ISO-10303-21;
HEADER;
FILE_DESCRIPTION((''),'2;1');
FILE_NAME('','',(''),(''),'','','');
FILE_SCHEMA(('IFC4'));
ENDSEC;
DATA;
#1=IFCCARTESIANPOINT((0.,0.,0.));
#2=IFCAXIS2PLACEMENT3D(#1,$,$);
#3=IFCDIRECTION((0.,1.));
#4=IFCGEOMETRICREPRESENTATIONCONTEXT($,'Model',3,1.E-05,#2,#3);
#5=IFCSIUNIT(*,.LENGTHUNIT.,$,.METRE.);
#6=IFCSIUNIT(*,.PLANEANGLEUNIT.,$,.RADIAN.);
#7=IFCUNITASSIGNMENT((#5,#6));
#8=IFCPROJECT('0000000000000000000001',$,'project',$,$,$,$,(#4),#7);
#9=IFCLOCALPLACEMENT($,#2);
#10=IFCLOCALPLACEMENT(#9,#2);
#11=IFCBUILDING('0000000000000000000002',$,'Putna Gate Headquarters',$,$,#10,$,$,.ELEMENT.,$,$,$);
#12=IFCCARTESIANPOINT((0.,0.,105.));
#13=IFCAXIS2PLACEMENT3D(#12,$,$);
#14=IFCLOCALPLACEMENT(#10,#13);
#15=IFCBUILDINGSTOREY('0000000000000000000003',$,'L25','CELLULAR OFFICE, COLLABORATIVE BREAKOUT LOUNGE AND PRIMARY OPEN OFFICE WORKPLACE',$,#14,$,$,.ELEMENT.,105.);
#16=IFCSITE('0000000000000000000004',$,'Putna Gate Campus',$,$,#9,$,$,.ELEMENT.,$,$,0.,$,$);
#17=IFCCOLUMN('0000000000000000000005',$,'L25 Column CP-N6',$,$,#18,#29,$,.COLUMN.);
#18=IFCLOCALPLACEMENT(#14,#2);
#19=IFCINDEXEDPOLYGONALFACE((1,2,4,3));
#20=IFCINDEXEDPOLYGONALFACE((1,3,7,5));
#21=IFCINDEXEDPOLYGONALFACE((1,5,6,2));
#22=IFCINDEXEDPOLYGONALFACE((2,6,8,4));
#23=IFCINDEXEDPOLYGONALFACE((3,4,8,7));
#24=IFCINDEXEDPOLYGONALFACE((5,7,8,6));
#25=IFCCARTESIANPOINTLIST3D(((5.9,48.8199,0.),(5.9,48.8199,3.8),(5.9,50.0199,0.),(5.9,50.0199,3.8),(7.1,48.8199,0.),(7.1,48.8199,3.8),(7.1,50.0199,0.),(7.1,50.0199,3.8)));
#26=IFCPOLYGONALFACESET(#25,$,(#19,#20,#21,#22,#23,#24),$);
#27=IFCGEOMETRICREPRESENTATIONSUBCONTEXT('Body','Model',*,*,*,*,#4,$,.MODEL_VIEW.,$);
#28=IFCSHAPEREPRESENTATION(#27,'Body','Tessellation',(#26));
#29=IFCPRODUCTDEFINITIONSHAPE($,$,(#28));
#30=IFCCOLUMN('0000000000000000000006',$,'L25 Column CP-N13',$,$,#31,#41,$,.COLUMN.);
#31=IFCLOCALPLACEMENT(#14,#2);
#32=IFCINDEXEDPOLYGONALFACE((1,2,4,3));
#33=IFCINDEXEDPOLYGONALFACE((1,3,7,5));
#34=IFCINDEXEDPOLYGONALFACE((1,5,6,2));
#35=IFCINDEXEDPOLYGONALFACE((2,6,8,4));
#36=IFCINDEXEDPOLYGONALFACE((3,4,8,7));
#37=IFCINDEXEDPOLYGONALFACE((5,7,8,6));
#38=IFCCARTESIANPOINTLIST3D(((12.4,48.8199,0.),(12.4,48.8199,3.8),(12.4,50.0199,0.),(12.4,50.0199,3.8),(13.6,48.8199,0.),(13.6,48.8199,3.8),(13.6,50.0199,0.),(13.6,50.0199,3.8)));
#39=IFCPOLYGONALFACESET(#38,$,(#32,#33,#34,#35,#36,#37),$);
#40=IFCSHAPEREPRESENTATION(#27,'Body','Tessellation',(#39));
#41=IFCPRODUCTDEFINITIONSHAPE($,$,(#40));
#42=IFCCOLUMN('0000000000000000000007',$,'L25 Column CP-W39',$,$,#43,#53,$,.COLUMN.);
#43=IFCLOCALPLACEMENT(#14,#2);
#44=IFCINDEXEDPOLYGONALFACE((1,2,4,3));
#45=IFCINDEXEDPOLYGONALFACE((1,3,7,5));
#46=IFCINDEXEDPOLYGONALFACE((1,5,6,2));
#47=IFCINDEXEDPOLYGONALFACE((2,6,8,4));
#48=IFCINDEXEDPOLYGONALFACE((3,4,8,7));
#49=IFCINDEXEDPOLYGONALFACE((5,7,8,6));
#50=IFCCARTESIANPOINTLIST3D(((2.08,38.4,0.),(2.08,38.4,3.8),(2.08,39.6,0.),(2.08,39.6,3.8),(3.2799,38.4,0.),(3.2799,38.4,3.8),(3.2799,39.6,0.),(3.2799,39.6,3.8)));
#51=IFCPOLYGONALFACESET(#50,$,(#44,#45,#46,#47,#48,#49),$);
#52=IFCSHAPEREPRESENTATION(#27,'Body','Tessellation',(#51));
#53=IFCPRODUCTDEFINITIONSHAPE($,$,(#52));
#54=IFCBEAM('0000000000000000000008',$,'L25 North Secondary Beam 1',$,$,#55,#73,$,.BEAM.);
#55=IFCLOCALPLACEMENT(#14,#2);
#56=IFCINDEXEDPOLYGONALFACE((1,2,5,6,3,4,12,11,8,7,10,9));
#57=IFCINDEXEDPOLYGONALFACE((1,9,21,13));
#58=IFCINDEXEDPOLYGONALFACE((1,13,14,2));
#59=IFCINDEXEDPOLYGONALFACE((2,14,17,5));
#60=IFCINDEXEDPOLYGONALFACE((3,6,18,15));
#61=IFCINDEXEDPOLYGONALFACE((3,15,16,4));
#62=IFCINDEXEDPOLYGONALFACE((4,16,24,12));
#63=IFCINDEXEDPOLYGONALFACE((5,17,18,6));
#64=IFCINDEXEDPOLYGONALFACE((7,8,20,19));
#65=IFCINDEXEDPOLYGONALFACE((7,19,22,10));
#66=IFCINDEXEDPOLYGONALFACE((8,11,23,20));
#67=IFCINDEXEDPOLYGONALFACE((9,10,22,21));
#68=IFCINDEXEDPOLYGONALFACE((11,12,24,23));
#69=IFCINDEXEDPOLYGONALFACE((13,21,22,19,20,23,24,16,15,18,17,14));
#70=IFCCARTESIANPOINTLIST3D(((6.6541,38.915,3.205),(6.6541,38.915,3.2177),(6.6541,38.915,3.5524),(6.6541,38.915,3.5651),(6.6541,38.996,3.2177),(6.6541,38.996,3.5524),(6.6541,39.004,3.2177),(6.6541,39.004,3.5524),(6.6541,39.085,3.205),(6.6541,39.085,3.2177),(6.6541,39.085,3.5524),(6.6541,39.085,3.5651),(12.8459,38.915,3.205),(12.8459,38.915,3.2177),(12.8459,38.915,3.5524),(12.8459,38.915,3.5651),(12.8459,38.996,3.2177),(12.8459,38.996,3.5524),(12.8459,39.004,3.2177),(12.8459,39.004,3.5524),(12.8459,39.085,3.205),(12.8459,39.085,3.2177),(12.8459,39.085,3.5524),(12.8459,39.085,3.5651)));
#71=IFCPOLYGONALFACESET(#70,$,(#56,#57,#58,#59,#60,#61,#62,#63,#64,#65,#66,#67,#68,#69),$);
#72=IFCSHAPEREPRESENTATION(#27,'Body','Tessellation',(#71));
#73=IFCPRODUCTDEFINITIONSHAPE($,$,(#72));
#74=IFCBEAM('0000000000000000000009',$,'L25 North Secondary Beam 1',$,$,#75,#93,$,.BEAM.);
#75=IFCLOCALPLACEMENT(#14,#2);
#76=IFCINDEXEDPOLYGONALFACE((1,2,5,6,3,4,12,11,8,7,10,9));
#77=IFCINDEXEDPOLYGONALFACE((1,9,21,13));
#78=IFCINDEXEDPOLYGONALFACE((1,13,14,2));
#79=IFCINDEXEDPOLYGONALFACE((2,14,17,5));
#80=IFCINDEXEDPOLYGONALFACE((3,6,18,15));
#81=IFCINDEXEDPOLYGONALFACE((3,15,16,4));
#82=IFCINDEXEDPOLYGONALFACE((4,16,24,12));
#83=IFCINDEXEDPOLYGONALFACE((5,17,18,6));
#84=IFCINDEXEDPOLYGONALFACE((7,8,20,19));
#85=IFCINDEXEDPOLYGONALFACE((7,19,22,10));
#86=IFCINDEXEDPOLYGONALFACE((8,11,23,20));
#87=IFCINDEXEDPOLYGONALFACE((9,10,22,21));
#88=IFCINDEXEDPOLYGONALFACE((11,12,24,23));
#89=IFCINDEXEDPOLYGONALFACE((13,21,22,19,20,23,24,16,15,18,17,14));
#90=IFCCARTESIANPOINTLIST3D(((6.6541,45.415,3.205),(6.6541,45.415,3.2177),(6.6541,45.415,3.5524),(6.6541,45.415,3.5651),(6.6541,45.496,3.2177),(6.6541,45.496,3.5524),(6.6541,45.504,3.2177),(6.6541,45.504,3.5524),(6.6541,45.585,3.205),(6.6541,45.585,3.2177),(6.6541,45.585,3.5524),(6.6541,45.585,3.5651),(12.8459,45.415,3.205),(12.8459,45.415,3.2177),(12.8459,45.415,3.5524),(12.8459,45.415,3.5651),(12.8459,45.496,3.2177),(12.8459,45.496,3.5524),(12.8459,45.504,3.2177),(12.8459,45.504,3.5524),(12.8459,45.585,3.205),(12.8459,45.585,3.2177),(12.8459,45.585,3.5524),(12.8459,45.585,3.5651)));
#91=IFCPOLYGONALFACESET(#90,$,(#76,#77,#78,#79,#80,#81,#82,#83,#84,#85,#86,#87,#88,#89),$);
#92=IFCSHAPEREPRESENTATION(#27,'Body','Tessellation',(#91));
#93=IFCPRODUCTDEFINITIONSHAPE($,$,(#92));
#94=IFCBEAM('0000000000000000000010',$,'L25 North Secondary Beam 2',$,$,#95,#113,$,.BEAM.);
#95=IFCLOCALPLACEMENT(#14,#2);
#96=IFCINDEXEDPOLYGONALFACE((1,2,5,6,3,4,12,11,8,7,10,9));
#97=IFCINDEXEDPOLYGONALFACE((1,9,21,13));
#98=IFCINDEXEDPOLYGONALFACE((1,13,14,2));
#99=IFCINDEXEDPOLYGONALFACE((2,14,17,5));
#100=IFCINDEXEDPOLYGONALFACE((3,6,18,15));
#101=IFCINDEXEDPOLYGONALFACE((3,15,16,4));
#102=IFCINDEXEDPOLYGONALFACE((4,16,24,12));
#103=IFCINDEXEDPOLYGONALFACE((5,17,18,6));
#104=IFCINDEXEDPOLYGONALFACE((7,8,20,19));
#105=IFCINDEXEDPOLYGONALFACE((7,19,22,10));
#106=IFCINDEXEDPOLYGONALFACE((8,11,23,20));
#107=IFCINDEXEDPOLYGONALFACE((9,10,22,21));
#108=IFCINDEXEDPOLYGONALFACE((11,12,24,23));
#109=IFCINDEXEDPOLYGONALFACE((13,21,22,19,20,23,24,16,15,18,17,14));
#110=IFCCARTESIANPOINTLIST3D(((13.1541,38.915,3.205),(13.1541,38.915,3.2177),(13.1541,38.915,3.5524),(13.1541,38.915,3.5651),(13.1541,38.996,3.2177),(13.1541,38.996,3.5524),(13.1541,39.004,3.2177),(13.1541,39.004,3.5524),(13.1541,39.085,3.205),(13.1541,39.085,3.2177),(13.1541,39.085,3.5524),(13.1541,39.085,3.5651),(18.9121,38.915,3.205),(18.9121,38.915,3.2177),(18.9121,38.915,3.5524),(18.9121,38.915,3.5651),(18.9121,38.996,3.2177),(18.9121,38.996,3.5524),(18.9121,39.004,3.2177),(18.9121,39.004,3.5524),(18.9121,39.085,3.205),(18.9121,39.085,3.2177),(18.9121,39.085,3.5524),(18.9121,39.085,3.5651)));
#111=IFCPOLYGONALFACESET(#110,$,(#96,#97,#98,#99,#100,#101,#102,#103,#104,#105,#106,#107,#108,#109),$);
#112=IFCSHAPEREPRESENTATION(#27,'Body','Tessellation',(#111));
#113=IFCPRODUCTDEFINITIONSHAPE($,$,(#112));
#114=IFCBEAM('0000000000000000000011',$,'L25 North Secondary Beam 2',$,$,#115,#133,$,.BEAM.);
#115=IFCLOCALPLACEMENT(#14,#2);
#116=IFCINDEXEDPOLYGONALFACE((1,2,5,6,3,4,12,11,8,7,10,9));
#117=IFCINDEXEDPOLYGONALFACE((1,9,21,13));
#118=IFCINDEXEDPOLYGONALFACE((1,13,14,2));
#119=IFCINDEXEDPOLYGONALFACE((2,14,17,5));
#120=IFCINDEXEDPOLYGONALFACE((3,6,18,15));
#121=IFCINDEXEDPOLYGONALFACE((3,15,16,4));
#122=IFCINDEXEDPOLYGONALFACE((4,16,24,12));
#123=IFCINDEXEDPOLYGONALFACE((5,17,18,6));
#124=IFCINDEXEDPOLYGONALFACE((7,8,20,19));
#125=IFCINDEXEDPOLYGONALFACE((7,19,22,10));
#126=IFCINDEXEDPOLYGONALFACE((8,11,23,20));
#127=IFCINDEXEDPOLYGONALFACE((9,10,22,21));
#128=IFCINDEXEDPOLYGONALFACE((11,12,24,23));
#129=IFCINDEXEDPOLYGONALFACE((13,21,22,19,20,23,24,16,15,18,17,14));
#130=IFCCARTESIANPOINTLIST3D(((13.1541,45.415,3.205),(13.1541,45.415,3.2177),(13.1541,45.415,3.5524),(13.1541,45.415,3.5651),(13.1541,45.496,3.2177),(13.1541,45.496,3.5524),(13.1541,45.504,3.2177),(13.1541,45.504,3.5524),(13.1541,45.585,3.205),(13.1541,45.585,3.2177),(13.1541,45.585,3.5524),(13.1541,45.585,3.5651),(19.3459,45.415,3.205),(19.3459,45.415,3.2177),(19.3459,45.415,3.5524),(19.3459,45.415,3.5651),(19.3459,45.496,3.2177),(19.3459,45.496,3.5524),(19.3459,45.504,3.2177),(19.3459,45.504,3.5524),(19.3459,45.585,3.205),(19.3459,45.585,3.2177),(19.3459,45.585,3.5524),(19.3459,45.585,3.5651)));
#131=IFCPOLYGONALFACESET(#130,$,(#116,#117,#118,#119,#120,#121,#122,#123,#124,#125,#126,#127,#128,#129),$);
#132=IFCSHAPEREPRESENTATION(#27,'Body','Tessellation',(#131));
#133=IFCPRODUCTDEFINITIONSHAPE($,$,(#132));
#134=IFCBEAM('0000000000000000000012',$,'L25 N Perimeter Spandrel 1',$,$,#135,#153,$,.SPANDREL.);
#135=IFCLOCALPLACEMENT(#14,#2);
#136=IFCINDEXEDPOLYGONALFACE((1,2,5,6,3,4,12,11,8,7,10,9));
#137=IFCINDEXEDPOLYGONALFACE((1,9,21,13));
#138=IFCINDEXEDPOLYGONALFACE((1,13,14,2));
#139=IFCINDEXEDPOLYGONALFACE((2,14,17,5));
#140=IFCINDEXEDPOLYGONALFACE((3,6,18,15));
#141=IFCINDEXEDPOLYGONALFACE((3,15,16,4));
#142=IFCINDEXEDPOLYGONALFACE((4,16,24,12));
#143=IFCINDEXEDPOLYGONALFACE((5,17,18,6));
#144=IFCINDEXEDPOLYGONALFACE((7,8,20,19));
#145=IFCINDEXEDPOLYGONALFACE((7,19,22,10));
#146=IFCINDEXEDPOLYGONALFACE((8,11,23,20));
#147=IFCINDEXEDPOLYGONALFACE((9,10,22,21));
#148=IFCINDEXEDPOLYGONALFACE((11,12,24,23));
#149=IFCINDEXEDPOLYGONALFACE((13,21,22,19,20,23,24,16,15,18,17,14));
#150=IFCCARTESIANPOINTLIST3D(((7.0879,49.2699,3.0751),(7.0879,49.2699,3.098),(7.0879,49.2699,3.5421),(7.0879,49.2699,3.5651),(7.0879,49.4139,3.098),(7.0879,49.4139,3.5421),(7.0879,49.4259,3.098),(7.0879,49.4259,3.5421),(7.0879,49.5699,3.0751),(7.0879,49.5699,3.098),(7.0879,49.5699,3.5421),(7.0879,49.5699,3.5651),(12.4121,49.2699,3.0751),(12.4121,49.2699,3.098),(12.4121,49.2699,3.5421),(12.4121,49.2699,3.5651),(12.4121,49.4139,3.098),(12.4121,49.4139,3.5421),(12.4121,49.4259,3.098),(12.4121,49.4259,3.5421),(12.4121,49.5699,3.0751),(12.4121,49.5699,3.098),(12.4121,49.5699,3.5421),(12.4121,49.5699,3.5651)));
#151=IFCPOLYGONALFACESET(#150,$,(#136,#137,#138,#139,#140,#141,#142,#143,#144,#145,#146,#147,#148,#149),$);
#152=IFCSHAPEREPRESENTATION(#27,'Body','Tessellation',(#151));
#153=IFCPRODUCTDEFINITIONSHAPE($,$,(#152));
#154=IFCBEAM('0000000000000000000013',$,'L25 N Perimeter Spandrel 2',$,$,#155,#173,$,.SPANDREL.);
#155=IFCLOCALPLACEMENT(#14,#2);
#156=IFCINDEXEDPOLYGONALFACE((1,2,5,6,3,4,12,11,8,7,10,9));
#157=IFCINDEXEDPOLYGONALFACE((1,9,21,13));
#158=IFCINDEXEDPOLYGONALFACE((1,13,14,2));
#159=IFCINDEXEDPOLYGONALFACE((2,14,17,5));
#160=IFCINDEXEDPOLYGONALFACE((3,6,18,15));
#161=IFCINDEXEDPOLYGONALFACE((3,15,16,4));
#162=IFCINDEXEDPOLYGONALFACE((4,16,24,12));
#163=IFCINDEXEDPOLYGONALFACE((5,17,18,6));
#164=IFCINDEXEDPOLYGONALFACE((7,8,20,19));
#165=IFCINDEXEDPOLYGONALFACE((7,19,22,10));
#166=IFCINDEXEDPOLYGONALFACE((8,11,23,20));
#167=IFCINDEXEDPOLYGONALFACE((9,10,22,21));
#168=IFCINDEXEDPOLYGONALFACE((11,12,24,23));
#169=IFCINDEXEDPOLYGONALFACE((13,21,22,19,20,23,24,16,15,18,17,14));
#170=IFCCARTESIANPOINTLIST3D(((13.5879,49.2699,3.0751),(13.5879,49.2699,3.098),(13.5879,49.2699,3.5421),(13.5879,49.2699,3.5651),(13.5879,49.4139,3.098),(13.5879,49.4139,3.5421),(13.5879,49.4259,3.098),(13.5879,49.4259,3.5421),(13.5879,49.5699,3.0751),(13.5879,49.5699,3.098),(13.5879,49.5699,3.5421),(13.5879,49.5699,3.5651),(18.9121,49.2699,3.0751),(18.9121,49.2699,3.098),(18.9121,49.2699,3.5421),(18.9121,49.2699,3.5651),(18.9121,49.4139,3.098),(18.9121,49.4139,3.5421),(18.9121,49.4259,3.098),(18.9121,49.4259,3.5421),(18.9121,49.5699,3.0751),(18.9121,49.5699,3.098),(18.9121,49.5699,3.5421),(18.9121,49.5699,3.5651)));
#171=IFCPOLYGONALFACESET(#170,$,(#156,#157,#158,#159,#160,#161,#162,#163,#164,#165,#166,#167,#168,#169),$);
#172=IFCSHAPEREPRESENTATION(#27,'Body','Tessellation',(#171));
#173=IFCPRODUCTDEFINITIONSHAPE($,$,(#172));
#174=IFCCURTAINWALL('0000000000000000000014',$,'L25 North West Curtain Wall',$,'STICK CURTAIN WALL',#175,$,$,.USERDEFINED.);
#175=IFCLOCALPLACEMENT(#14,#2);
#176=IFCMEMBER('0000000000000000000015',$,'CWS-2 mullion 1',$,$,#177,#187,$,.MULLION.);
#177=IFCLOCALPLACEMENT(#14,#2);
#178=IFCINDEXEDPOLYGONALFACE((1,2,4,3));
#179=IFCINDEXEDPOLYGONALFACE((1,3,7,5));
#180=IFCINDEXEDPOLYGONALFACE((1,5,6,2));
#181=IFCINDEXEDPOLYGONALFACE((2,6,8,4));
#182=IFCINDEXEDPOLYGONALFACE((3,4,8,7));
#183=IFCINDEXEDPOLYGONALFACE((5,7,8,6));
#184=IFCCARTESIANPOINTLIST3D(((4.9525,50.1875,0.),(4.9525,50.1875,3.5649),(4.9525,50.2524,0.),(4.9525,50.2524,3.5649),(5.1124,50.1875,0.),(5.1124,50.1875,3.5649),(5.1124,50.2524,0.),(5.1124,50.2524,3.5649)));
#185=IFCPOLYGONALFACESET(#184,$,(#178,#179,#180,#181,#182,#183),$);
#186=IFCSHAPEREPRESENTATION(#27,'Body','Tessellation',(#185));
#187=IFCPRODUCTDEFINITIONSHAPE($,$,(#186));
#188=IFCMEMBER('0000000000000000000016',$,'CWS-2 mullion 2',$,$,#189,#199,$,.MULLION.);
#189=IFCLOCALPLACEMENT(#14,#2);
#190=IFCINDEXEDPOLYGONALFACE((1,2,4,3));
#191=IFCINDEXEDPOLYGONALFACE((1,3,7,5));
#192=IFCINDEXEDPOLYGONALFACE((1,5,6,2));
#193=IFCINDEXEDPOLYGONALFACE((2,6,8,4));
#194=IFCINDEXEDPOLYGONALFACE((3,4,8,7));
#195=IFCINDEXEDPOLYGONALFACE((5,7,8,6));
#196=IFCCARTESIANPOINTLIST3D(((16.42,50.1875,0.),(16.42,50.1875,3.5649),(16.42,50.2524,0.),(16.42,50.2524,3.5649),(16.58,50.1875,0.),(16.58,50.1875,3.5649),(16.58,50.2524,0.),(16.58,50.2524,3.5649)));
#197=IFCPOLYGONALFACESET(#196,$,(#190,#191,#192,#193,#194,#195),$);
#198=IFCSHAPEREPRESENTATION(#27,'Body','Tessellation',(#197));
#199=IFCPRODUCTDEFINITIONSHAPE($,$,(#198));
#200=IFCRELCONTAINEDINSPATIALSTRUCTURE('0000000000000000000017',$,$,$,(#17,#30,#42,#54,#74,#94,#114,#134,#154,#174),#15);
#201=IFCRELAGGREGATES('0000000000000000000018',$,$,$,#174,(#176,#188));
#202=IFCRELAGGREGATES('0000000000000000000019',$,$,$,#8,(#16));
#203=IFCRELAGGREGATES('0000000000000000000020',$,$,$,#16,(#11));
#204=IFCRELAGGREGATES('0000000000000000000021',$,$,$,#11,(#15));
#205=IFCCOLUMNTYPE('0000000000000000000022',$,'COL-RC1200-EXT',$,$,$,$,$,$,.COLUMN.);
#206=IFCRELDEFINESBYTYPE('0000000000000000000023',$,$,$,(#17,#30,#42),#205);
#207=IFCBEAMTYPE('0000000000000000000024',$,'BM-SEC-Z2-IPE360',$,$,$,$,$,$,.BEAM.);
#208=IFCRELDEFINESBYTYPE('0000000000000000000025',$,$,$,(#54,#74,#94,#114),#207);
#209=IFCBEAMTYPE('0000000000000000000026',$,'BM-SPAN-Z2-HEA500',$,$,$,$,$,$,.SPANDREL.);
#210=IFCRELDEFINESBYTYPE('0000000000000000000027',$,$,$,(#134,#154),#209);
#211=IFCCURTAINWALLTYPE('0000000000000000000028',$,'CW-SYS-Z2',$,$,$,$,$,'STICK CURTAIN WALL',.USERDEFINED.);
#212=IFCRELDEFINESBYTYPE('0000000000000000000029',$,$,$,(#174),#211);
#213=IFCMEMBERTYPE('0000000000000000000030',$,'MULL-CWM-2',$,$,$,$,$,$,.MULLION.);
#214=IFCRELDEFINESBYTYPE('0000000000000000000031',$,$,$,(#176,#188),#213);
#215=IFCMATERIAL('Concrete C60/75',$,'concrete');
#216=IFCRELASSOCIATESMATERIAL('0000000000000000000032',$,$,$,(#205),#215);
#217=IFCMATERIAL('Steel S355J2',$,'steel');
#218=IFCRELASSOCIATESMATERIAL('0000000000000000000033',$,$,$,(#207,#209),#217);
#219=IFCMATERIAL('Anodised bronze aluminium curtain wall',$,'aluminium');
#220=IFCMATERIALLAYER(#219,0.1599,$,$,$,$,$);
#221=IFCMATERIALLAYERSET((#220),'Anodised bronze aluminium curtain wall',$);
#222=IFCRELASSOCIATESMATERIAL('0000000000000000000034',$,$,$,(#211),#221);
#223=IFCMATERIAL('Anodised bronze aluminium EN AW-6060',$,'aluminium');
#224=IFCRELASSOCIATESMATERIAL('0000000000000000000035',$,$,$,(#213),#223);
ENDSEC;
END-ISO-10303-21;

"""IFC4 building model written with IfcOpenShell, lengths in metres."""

from ifc_helpers import new_model, si_unit, direction, frame, origin, origin_2d, place, context, subcontext, project, spatial, rectangle, i_section, extrude, material, layer, layer_set, material_profile, profile_set, type_object, element, aggregate, save


model = new_model("IFC4")

# Units and contexts
model_context = context("Model", 3, precision=1e-05, world=origin(), true_north=direction((0.0, 1.0)))
body_context = subcontext(model_context, "Body", "Model", "MODEL_VIEW")
ifc_project = project(units=[si_unit("LENGTHUNIT", "METRE"), si_unit("PLANEANGLEUNIT", "RADIAN")], contexts=[model_context])

# Site, building, storey
site_placement = place(None, origin())
site = spatial("IfcSite", under=ifc_project, at=site_placement, Name="Putna Gate Campus", CompositionType="ELEMENT", RefElevation=0.0)
building_placement = place(site_placement, origin())
building = spatial("IfcBuilding", under=site, at=building_placement, Name="Putna Gate Headquarters", CompositionType="ELEMENT")
storey_placement = place(building_placement, frame((0.0, 0.0, 105.0)))
storey = spatial("IfcBuildingStorey", under=building, at=storey_placement, Name="L25", Description="CELLULAR OFFICE, COLLABORATIVE BREAKOUT LOUNGE AND PRIMARY OPEN OFFICE WORKPLACE", CompositionType="ELEMENT", Elevation=105.0)

# Columns
ifc_material_1 = material(Name="Concrete C60/75", Category="concrete")
ifc_material_profile_1 = material_profile(ifc_material_1, rectangle(XDim=1.2, YDim=1.2, at=origin_2d()), Name="Concrete C60/75")
ifc_profile_set_1 = profile_set([ifc_material_profile_1], Name="Concrete C60/75")
column_type = type_object("IfcColumnType", Name="COL-RC1200-EXT", PredefinedType="COLUMN", material=ifc_profile_set_1)
for number, where, z_axis, x_axis, name in (
    (1, (6.5, 49.4199, 0.0), (0.0, 0.0, 1.0), (1.0, 0.0, 0.0), "L25 Column CP-N6"),
    (2, (13.0, 49.4199, 0.0), (0.0, 0.0, 1.0), (1.0, 0.0, 0.0), "L25 Column CP-N13"),
    (3, (2.6799, 39.0, 0.0), (0.0, 0.0, 1.0), (1.0, 0.0, 0.0), "L25 Column CP-W39"),
):
    element("IfcColumn", number, at=place(storey_placement, frame(where, z_axis=z_axis, x_axis=x_axis)), inside=storey, type_object=column_type, Name=name, PredefinedType="COLUMN", context=body_context, shape_type="SweptSolid", body=[
        extrude(rectangle(XDim=1.2, YDim=1.2, at=origin_2d()), origin(), (0.0, 0.0, 1.0), 3.8),
    ])

# Beams
ifc_material_2 = material(Name="Steel S355J2", Category="steel")
ifc_material_profile_2 = material_profile(ifc_material_2, i_section(OverallWidth=0.1699, OverallDepth=0.3601, WebThickness=0.0081, FlangeThickness=0.0127, at=origin_2d()), Name="Steel S355J2")
ifc_profile_set_2 = profile_set([ifc_material_profile_2], Name="Steel S355J2")
beam_type_1 = type_object("IfcBeamType", Name="BM-SEC-Z2-IPE360", PredefinedType="BEAM", material=ifc_profile_set_2)
for number, where, z_axis, x_axis, name in (
    (4, (6.6541, 39.0, 3.385), (1.0, 0.0, 0.0), (0.0, 1.0, 0.0), "L25 North Secondary Beam 1"),
    (5, (6.6541, 45.5, 3.385), (1.0, 0.0, 0.0), (0.0, 1.0, 0.0), "L25 North Secondary Beam 1"),
):
    element("IfcBeam", number, at=place(storey_placement, frame(where, z_axis=z_axis, x_axis=x_axis)), inside=storey, type_object=beam_type_1, Name=name, PredefinedType="BEAM", context=body_context, shape_type="SweptSolid", body=[
        extrude(i_section(OverallWidth=0.1699, OverallDepth=0.3601, WebThickness=0.0081, FlangeThickness=0.0127, at=origin_2d()), origin(), (0.0, 0.0, 1.0), 6.1919),
    ])
beam_1_placement = place(storey_placement, frame((13.1541, 39.0, 3.385), z_axis=(1.0, 0.0, 0.0), x_axis=(0.0, 1.0, 0.0)))
element("IfcBeam", 6, at=beam_1_placement, inside=storey, type_object=beam_type_1, Name="L25 North Secondary Beam 2", PredefinedType="BEAM", context=body_context, shape_type="SweptSolid", body=[
    extrude(i_section(OverallWidth=0.1699, OverallDepth=0.3601, WebThickness=0.0081, FlangeThickness=0.0127, at=origin_2d()), origin(), (0.0, 0.0, 1.0), 5.7581),
])
beam_2_placement = place(storey_placement, frame((13.1541, 45.5, 3.385), z_axis=(1.0, 0.0, 0.0), x_axis=(0.0, 1.0, 0.0)))
element("IfcBeam", 7, at=beam_2_placement, inside=storey, type_object=beam_type_1, Name="L25 North Secondary Beam 2", PredefinedType="BEAM", context=body_context, shape_type="SweptSolid", body=[
    extrude(i_section(OverallWidth=0.1699, OverallDepth=0.3601, WebThickness=0.0081, FlangeThickness=0.0127, at=origin_2d()), origin(), (0.0, 0.0, 1.0), 6.1919),
])
ifc_material_profile_3 = material_profile(ifc_material_2, i_section(OverallWidth=0.3, OverallDepth=0.49, WebThickness=0.012, FlangeThickness=0.0229, at=origin_2d()), Name="Steel S355J2")
ifc_profile_set_3 = profile_set([ifc_material_profile_3], Name="Steel S355J2")
beam_type_2 = type_object("IfcBeamType", Name="BM-SPAN-Z2-HEA500", PredefinedType="SPANDREL", material=ifc_profile_set_3)
for number, where, z_axis, x_axis, name in (
    (8, (7.0879, 49.4199, 3.3201), (1.0, 0.0, 0.0), (0.0, 1.0, 0.0), "L25 N Perimeter Spandrel 1"),
    (9, (13.5879, 49.4199, 3.3201), (1.0, 0.0, 0.0), (0.0, 1.0, 0.0), "L25 N Perimeter Spandrel 2"),
):
    element("IfcBeam", number, at=place(storey_placement, frame(where, z_axis=z_axis, x_axis=x_axis)), inside=storey, type_object=beam_type_2, Name=name, PredefinedType="SPANDREL", context=body_context, shape_type="SweptSolid", body=[
        extrude(i_section(OverallWidth=0.3, OverallDepth=0.49, WebThickness=0.012, FlangeThickness=0.0229, at=origin_2d()), origin(), (0.0, 0.0, 1.0), 5.3242),
    ])

# Curtain wall, members
ifc_material_3 = material(Name="Anodised bronze aluminium curtain wall", Category="aluminium")
ifc_layer_1 = layer(ifc_material_3, 0.1599)
ifc_layer_set_1 = layer_set([ifc_layer_1], Name="Anodised bronze aluminium curtain wall")
curtain_wall_type = type_object("IfcCurtainWallType", Name="CW-SYS-Z2", ElementType="STICK CURTAIN WALL", PredefinedType="USERDEFINED", material=ifc_layer_set_1)
curtain_wall_1_placement = place(storey_placement, origin())
curtain_wall_1 = element("IfcCurtainWall", 10, at=curtain_wall_1_placement, inside=storey, type_object=curtain_wall_type, Name="L25 North West Curtain Wall", ObjectType="STICK CURTAIN WALL", PredefinedType="USERDEFINED")
ifc_material_4 = material(Name="Anodised bronze aluminium EN AW-6060", Category="aluminium")
ifc_material_profile_4 = material_profile(ifc_material_4, rectangle(XDim=0.0649, YDim=0.1599, at=origin_2d()), Name="Anodised bronze aluminium EN AW-6060")
ifc_profile_set_4 = profile_set([ifc_material_profile_4], Name="Anodised bronze aluminium EN AW-6060")
member_type_1 = type_object("IfcMemberType", Name="MULL-CWM-2", PredefinedType="MULLION", material=ifc_profile_set_4)
member_1_placement = place(storey_placement, frame((5.0325, 50.22, 0.0), z_axis=(0.0, 0.0, 1.0), x_axis=(0.0, 1.0, 0.0)))
member_1 = element("IfcMember", 11, at=member_1_placement, type_object=member_type_1, Name="CWS-2 mullion 1", PredefinedType="MULLION", context=body_context, shape_type="SweptSolid", body=[
    extrude(rectangle(XDim=0.0649, YDim=0.1599, at=origin_2d()), origin(), (0.0, 0.0, 1.0), 3.5649),
])
member_2_placement = place(storey_placement, frame((16.5, 50.22, 0.0), z_axis=(0.0, 0.0, 1.0), x_axis=(0.0, 1.0, 0.0)))
member_2 = element("IfcMember", 12, at=member_2_placement, type_object=member_type_1, Name="CWS-2 mullion 2", PredefinedType="MULLION", context=body_context, shape_type="SweptSolid", body=[
    extrude(rectangle(XDim=0.0649, YDim=0.1599, at=origin_2d()), origin(), (0.0, 0.0, 1.0), 3.5649),
])

aggregate(curtain_wall_1, [member_1, member_2])

save(model, "model.ifc")
